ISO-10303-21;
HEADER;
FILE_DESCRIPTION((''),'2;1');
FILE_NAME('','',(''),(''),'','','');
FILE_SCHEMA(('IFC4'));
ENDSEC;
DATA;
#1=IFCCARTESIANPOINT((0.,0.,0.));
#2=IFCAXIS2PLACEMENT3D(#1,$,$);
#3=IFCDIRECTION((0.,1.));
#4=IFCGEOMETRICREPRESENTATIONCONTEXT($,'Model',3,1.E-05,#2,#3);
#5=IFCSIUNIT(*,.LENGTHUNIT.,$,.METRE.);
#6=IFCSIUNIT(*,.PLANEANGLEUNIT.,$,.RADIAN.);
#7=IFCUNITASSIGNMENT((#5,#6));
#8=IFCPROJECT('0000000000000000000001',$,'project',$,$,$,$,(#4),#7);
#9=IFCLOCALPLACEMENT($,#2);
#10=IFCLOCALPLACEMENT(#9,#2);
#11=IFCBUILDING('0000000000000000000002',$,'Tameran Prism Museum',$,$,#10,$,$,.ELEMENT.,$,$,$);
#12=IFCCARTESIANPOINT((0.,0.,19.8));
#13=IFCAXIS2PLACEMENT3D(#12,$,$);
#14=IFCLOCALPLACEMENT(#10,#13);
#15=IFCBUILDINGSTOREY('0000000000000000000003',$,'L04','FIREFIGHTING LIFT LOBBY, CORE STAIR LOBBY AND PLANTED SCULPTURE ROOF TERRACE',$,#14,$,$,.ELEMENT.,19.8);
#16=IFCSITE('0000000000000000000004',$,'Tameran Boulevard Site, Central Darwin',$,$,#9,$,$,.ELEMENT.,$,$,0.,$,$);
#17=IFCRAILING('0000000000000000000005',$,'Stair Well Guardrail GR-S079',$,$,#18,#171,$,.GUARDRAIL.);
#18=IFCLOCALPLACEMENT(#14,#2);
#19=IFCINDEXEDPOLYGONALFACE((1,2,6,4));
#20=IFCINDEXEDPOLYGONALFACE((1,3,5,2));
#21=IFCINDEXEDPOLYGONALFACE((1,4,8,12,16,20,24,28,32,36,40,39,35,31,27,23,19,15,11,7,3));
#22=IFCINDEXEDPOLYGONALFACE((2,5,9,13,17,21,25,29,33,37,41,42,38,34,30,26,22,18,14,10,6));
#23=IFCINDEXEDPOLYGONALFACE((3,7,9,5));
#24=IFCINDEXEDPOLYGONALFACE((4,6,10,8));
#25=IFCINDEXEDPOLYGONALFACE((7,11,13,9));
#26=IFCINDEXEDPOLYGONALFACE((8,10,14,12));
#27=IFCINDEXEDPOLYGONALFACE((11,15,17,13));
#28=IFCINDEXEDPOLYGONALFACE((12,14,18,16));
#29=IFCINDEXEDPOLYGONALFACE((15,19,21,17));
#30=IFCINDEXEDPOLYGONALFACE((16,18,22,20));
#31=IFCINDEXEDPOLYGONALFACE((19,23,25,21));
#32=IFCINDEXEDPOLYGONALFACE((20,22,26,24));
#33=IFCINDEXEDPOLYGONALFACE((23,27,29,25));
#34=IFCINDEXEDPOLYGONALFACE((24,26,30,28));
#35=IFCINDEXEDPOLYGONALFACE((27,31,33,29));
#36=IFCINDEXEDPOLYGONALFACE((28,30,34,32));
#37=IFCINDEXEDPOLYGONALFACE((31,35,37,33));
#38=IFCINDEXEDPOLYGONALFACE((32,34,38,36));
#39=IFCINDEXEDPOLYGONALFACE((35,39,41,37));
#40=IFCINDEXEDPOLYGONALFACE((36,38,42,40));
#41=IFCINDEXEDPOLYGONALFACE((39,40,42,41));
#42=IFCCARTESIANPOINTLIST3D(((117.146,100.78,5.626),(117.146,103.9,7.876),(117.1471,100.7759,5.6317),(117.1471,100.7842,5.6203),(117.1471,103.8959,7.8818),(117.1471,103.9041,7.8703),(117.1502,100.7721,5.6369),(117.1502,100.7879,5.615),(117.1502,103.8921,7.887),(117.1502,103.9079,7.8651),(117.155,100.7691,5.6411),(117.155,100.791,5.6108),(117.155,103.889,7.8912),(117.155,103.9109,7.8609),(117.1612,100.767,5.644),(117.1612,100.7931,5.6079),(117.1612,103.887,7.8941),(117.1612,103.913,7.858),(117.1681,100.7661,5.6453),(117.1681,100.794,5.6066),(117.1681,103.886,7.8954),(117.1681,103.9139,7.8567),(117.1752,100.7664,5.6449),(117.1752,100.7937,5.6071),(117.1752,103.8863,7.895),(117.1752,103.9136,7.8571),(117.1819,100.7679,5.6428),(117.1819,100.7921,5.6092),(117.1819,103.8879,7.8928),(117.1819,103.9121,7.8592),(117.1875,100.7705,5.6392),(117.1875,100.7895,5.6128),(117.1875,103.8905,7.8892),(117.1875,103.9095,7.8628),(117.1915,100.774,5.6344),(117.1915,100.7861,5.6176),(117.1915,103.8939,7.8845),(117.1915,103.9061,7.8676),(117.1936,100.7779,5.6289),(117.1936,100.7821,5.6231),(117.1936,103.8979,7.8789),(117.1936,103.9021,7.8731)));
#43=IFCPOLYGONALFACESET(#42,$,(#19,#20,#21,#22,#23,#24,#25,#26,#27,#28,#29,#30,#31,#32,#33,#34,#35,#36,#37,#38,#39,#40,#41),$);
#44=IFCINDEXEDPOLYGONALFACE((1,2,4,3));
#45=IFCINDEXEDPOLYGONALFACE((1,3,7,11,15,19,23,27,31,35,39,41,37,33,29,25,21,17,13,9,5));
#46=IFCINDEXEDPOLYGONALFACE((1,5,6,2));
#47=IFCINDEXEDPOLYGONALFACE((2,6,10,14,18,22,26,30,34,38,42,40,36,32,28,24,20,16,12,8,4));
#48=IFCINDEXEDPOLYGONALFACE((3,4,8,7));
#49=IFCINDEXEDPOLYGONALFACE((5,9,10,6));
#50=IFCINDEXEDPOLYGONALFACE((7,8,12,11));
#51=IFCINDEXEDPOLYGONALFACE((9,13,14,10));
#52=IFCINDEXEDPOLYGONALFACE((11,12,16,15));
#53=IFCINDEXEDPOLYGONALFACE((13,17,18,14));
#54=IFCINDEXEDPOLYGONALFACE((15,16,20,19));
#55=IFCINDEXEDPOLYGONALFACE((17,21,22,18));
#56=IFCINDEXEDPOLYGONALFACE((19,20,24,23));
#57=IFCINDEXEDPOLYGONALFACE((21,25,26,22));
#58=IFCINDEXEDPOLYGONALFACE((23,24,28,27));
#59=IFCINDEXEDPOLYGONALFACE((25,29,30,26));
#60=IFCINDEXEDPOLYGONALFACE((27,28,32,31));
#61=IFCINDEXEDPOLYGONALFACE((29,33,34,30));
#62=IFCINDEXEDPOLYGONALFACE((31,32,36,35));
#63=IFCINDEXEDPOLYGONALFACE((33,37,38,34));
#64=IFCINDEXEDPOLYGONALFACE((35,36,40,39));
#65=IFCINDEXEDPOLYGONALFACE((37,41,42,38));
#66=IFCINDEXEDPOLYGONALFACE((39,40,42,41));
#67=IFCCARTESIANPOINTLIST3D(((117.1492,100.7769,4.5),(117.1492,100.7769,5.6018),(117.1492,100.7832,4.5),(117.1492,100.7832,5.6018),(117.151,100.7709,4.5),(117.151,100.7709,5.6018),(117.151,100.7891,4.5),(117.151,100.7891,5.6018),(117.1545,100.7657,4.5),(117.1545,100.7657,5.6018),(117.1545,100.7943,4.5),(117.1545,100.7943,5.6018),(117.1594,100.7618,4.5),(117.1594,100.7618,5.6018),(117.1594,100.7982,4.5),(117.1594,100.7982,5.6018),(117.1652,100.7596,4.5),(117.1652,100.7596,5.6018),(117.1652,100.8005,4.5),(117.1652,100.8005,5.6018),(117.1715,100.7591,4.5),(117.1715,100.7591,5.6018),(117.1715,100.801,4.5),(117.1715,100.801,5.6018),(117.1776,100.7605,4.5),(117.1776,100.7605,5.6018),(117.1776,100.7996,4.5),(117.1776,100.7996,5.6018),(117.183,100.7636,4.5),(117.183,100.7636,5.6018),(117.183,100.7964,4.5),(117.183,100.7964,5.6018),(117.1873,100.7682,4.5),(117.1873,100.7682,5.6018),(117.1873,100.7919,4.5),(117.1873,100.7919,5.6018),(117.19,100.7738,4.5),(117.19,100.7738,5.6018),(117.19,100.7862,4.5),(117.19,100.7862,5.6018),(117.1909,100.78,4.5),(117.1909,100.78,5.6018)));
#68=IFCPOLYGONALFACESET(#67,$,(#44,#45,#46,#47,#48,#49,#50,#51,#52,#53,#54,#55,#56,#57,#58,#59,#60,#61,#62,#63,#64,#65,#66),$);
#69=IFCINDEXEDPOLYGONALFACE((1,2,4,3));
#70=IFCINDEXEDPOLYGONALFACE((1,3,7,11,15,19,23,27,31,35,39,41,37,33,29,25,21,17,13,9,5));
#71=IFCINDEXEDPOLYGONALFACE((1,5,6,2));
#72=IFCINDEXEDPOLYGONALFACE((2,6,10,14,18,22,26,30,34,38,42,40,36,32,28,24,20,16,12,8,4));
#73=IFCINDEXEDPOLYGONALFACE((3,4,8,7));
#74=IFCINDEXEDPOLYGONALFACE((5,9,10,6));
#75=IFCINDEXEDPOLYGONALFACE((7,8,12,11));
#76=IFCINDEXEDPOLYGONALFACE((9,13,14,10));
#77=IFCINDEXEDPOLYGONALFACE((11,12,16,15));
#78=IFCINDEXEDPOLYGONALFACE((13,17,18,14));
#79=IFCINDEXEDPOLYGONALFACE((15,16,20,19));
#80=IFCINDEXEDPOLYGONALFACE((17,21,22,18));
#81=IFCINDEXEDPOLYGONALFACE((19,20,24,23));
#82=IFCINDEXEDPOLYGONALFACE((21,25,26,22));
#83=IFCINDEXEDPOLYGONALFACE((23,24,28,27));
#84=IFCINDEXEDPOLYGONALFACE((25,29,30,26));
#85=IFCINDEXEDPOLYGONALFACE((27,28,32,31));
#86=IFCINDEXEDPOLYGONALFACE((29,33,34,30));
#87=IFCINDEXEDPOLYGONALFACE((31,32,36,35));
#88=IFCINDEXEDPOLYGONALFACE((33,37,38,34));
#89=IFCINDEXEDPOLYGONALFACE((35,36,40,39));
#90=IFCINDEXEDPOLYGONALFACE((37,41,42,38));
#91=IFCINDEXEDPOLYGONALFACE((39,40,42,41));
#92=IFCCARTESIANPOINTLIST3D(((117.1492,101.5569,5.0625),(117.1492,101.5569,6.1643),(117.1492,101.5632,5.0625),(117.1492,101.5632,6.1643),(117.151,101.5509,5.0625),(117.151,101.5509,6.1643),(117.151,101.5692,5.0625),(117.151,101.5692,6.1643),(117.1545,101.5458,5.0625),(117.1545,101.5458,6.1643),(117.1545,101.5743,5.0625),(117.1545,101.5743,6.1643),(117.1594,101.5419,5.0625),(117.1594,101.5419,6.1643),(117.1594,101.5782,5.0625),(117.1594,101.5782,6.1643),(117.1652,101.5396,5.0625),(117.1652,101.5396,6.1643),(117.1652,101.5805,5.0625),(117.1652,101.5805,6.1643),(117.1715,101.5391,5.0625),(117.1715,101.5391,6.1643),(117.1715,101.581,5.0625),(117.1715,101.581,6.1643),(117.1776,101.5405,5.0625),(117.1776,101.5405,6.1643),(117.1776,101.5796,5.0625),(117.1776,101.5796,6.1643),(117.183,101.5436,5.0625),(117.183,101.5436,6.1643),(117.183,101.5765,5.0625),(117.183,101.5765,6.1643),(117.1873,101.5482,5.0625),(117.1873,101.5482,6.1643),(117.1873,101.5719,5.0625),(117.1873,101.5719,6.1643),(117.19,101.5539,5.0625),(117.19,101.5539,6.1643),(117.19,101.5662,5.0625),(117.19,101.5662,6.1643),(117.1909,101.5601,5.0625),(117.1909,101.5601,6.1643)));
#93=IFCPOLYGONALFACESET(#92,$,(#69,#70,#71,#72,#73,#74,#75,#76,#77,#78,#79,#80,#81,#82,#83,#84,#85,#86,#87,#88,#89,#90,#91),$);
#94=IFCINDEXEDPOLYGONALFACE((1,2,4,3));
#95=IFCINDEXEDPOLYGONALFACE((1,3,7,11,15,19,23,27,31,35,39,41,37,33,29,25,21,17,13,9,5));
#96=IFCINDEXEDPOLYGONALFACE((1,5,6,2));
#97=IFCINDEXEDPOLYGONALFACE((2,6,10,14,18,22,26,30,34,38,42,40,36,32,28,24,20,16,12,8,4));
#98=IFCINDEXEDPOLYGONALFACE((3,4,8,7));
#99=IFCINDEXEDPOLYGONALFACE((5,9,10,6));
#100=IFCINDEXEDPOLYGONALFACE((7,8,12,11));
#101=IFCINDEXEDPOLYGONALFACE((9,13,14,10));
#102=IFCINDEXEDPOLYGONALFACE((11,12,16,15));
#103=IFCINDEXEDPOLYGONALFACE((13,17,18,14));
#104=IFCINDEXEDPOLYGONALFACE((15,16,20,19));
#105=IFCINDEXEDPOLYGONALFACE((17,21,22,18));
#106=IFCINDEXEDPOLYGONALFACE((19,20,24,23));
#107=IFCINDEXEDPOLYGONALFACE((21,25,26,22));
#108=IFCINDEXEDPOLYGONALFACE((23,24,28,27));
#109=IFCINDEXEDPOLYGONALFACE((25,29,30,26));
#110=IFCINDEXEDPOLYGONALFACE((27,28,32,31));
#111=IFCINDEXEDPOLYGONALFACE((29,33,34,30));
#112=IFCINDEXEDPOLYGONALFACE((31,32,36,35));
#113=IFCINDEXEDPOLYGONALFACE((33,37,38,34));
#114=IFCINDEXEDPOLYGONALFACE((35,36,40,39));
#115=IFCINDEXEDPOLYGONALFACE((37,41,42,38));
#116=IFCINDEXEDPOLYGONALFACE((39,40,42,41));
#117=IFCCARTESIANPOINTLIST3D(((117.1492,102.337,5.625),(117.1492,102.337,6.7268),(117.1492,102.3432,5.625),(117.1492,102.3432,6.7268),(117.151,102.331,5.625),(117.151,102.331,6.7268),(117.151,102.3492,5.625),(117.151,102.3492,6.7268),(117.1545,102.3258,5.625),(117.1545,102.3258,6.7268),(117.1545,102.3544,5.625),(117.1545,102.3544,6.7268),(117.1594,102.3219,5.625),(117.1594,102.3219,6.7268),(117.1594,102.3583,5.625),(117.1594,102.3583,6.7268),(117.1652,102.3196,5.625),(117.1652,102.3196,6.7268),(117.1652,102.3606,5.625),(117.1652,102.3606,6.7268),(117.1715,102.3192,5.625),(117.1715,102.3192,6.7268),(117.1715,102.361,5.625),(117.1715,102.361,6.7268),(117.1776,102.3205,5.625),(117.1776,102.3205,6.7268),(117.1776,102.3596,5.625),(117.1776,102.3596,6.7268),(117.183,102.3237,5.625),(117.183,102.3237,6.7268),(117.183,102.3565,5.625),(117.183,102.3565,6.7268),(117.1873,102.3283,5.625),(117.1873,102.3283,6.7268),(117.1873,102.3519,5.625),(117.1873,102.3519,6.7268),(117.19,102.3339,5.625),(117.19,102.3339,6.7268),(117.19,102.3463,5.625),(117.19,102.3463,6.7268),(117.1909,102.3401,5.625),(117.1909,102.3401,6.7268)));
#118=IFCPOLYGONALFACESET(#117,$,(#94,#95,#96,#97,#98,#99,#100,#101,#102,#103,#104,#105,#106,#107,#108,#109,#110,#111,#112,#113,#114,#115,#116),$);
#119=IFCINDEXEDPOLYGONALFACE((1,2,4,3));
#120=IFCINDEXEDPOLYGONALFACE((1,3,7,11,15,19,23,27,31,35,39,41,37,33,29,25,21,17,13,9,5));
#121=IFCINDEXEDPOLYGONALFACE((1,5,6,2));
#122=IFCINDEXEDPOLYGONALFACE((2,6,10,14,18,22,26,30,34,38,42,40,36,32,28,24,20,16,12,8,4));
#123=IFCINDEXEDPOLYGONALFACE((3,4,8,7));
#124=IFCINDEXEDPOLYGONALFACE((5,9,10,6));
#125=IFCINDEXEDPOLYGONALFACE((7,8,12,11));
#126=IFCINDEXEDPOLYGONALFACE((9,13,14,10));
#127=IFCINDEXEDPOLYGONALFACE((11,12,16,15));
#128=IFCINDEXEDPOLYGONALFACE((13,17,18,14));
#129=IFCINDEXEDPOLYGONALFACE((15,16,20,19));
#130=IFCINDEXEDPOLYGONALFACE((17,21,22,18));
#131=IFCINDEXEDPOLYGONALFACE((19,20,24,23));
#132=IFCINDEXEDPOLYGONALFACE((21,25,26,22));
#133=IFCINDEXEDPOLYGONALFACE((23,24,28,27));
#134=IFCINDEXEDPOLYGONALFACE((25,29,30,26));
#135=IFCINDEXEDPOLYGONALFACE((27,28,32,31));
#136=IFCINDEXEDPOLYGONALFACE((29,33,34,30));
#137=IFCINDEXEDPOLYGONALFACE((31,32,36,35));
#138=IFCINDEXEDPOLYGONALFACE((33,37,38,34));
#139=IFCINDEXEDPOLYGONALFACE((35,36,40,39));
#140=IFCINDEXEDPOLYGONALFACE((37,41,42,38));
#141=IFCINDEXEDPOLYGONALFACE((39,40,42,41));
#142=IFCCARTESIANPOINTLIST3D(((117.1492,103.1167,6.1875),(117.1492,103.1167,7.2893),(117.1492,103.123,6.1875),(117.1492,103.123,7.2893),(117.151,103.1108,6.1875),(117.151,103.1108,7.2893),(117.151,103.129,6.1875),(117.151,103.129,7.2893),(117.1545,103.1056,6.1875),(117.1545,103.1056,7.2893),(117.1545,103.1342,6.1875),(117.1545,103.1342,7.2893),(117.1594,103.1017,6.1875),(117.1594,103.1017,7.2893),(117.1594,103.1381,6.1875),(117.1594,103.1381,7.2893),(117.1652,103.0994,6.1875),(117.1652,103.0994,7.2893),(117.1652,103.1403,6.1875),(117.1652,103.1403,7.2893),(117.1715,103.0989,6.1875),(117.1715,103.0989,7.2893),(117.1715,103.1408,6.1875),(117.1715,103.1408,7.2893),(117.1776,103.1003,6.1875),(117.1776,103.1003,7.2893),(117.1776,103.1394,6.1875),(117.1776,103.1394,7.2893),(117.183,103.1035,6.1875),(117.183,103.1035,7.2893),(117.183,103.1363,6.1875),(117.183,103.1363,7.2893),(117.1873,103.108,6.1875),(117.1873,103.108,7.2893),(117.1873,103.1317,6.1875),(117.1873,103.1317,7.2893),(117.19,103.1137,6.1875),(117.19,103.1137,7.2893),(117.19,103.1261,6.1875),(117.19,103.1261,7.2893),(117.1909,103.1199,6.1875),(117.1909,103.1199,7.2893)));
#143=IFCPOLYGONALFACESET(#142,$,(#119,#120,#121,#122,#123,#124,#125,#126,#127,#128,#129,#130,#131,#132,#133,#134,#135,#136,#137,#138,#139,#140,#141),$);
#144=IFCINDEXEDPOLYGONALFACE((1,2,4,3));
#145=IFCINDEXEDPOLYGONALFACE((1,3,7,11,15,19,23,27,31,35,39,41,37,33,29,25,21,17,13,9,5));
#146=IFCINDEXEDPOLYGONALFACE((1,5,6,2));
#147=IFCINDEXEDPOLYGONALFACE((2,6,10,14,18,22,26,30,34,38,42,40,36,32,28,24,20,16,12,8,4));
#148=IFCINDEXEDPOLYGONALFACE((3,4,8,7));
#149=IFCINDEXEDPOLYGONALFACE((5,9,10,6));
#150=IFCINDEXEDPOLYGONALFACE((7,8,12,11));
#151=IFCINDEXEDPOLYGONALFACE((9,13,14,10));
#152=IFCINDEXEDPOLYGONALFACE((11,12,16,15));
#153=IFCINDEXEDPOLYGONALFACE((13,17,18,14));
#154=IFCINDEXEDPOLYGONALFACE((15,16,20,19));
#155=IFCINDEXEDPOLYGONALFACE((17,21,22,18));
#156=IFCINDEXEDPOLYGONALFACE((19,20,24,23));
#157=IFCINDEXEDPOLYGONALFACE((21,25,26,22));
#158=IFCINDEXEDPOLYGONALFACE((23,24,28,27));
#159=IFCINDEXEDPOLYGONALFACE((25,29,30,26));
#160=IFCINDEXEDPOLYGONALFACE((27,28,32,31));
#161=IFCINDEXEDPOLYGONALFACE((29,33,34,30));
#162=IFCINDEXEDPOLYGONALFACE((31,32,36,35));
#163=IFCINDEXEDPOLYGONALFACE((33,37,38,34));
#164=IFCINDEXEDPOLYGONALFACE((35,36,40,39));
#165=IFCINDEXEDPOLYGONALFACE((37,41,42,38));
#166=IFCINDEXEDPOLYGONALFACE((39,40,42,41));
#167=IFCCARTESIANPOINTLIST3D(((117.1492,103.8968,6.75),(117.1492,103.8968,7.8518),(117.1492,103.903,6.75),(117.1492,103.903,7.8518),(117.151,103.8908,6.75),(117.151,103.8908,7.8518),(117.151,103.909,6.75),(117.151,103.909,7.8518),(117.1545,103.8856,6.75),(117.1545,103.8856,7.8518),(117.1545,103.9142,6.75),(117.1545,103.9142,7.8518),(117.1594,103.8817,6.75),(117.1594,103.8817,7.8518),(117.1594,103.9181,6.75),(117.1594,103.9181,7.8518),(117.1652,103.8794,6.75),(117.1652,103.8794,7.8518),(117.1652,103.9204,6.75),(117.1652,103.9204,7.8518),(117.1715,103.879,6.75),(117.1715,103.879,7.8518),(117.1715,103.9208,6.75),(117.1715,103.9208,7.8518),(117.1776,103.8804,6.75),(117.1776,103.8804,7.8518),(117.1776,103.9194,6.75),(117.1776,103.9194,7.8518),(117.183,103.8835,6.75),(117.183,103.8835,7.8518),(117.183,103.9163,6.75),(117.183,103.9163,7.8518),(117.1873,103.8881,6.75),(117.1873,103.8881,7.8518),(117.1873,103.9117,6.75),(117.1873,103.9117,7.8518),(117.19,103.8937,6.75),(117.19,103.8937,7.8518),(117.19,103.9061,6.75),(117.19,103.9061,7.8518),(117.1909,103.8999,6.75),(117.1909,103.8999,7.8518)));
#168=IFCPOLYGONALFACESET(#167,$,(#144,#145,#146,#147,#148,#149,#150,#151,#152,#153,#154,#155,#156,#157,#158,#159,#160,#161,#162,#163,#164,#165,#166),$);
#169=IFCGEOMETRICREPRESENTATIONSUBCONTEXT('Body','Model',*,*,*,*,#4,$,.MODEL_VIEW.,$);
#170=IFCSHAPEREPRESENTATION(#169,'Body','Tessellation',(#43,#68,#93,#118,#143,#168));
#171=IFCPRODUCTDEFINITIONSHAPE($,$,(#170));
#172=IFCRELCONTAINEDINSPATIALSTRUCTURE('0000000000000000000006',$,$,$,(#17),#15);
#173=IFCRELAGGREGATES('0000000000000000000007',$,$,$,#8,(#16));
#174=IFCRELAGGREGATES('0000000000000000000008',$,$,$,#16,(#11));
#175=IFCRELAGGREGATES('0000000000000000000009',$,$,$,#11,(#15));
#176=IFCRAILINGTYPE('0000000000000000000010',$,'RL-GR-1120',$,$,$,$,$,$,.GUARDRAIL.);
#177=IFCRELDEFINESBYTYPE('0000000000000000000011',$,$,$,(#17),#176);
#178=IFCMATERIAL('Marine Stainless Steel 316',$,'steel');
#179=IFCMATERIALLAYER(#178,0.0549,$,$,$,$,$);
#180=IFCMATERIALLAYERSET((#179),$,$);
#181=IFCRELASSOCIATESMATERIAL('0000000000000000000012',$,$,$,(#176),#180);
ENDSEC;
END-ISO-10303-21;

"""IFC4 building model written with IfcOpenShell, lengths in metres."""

from ifc_helpers import new_model, si_unit, direction, frame, origin, origin_2d, place, context, subcontext, project, spatial, circle, extrude, material, layer, layer_set, type_object, element, save


model = new_model("IFC4")

# Units and contexts
model_context = context("Model", 3, precision=1e-05, world=origin(), true_north=direction((0.0, 1.0)))
body_context = subcontext(model_context, "Body", "Model", "MODEL_VIEW")
ifc_project = project(units=[si_unit("LENGTHUNIT", "METRE"), si_unit("PLANEANGLEUNIT", "RADIAN")], contexts=[model_context])

# Site, building, storey
site_placement = place(None, origin())
site = spatial("IfcSite", under=ifc_project, at=site_placement, Name="Tameran Boulevard Site, Central Darwin", CompositionType="ELEMENT", RefElevation=0.0)
building_placement = place(site_placement, origin())
building = spatial("IfcBuilding", under=site, at=building_placement, Name="Tameran Prism Museum", CompositionType="ELEMENT")
storey_placement = place(building_placement, frame((0.0, 0.0, 19.8)))
storey = spatial("IfcBuildingStorey", under=building, at=storey_placement, Name="L04", Description="FIREFIGHTING LIFT LOBBY, CORE STAIR LOBBY AND PLANTED SCULPTURE ROOF TERRACE", CompositionType="ELEMENT", Elevation=19.8)

# Railing
ifc_material_1 = material(Name="Marine Stainless Steel 316", Category="steel")
ifc_layer_1 = layer(ifc_material_1, 0.0549)
ifc_layer_set_1 = layer_set([ifc_layer_1])
railing_type_1 = type_object("IfcRailingType", Name="RL-GR-1120", PredefinedType="GUARDRAIL", material=ifc_layer_set_1)
railing_1_placement = place(storey_placement, frame((117.1699, 100.78, 4.5)))
element("IfcRailing", 1, at=railing_1_placement, inside=storey, type_object=railing_type_1, Name="Stair Well Guardrail GR-S079", PredefinedType="GUARDRAIL", context=body_context, shape_type="SweptSolid", body=[
    extrude(circle(Radius=0.0239, at=origin_2d()), frame((0.0, 0.0, 1.126), z_axis=(0.0, 0.811079, 0.584937), x_axis=(-1.0, 0.0, 0.0)), (0.0, 0.0, 1.0), 3.8467),
    extrude(circle(Radius=0.021, at=origin_2d()), origin(), (0.0, 0.0, 1.0), 1.1018),
    extrude(circle(Radius=0.021, at=origin_2d()), frame((0.0, 0.78, 0.5625)), (0.0, 0.0, 1.0), 1.1018),
    extrude(circle(Radius=0.021, at=origin_2d()), frame((0.0, 1.5601, 1.125)), (0.0, 0.0, 1.0), 1.1018),
    extrude(circle(Radius=0.021, at=origin_2d()), frame((0.0, 2.3398, 1.6875)), (0.0, 0.0, 1.0), 1.1018),
    extrude(circle(Radius=0.021, at=origin_2d()), frame((0.0, 3.1199, 2.25)), (0.0, 0.0, 1.0), 1.1018),
])

save(model, "model.ifc")
